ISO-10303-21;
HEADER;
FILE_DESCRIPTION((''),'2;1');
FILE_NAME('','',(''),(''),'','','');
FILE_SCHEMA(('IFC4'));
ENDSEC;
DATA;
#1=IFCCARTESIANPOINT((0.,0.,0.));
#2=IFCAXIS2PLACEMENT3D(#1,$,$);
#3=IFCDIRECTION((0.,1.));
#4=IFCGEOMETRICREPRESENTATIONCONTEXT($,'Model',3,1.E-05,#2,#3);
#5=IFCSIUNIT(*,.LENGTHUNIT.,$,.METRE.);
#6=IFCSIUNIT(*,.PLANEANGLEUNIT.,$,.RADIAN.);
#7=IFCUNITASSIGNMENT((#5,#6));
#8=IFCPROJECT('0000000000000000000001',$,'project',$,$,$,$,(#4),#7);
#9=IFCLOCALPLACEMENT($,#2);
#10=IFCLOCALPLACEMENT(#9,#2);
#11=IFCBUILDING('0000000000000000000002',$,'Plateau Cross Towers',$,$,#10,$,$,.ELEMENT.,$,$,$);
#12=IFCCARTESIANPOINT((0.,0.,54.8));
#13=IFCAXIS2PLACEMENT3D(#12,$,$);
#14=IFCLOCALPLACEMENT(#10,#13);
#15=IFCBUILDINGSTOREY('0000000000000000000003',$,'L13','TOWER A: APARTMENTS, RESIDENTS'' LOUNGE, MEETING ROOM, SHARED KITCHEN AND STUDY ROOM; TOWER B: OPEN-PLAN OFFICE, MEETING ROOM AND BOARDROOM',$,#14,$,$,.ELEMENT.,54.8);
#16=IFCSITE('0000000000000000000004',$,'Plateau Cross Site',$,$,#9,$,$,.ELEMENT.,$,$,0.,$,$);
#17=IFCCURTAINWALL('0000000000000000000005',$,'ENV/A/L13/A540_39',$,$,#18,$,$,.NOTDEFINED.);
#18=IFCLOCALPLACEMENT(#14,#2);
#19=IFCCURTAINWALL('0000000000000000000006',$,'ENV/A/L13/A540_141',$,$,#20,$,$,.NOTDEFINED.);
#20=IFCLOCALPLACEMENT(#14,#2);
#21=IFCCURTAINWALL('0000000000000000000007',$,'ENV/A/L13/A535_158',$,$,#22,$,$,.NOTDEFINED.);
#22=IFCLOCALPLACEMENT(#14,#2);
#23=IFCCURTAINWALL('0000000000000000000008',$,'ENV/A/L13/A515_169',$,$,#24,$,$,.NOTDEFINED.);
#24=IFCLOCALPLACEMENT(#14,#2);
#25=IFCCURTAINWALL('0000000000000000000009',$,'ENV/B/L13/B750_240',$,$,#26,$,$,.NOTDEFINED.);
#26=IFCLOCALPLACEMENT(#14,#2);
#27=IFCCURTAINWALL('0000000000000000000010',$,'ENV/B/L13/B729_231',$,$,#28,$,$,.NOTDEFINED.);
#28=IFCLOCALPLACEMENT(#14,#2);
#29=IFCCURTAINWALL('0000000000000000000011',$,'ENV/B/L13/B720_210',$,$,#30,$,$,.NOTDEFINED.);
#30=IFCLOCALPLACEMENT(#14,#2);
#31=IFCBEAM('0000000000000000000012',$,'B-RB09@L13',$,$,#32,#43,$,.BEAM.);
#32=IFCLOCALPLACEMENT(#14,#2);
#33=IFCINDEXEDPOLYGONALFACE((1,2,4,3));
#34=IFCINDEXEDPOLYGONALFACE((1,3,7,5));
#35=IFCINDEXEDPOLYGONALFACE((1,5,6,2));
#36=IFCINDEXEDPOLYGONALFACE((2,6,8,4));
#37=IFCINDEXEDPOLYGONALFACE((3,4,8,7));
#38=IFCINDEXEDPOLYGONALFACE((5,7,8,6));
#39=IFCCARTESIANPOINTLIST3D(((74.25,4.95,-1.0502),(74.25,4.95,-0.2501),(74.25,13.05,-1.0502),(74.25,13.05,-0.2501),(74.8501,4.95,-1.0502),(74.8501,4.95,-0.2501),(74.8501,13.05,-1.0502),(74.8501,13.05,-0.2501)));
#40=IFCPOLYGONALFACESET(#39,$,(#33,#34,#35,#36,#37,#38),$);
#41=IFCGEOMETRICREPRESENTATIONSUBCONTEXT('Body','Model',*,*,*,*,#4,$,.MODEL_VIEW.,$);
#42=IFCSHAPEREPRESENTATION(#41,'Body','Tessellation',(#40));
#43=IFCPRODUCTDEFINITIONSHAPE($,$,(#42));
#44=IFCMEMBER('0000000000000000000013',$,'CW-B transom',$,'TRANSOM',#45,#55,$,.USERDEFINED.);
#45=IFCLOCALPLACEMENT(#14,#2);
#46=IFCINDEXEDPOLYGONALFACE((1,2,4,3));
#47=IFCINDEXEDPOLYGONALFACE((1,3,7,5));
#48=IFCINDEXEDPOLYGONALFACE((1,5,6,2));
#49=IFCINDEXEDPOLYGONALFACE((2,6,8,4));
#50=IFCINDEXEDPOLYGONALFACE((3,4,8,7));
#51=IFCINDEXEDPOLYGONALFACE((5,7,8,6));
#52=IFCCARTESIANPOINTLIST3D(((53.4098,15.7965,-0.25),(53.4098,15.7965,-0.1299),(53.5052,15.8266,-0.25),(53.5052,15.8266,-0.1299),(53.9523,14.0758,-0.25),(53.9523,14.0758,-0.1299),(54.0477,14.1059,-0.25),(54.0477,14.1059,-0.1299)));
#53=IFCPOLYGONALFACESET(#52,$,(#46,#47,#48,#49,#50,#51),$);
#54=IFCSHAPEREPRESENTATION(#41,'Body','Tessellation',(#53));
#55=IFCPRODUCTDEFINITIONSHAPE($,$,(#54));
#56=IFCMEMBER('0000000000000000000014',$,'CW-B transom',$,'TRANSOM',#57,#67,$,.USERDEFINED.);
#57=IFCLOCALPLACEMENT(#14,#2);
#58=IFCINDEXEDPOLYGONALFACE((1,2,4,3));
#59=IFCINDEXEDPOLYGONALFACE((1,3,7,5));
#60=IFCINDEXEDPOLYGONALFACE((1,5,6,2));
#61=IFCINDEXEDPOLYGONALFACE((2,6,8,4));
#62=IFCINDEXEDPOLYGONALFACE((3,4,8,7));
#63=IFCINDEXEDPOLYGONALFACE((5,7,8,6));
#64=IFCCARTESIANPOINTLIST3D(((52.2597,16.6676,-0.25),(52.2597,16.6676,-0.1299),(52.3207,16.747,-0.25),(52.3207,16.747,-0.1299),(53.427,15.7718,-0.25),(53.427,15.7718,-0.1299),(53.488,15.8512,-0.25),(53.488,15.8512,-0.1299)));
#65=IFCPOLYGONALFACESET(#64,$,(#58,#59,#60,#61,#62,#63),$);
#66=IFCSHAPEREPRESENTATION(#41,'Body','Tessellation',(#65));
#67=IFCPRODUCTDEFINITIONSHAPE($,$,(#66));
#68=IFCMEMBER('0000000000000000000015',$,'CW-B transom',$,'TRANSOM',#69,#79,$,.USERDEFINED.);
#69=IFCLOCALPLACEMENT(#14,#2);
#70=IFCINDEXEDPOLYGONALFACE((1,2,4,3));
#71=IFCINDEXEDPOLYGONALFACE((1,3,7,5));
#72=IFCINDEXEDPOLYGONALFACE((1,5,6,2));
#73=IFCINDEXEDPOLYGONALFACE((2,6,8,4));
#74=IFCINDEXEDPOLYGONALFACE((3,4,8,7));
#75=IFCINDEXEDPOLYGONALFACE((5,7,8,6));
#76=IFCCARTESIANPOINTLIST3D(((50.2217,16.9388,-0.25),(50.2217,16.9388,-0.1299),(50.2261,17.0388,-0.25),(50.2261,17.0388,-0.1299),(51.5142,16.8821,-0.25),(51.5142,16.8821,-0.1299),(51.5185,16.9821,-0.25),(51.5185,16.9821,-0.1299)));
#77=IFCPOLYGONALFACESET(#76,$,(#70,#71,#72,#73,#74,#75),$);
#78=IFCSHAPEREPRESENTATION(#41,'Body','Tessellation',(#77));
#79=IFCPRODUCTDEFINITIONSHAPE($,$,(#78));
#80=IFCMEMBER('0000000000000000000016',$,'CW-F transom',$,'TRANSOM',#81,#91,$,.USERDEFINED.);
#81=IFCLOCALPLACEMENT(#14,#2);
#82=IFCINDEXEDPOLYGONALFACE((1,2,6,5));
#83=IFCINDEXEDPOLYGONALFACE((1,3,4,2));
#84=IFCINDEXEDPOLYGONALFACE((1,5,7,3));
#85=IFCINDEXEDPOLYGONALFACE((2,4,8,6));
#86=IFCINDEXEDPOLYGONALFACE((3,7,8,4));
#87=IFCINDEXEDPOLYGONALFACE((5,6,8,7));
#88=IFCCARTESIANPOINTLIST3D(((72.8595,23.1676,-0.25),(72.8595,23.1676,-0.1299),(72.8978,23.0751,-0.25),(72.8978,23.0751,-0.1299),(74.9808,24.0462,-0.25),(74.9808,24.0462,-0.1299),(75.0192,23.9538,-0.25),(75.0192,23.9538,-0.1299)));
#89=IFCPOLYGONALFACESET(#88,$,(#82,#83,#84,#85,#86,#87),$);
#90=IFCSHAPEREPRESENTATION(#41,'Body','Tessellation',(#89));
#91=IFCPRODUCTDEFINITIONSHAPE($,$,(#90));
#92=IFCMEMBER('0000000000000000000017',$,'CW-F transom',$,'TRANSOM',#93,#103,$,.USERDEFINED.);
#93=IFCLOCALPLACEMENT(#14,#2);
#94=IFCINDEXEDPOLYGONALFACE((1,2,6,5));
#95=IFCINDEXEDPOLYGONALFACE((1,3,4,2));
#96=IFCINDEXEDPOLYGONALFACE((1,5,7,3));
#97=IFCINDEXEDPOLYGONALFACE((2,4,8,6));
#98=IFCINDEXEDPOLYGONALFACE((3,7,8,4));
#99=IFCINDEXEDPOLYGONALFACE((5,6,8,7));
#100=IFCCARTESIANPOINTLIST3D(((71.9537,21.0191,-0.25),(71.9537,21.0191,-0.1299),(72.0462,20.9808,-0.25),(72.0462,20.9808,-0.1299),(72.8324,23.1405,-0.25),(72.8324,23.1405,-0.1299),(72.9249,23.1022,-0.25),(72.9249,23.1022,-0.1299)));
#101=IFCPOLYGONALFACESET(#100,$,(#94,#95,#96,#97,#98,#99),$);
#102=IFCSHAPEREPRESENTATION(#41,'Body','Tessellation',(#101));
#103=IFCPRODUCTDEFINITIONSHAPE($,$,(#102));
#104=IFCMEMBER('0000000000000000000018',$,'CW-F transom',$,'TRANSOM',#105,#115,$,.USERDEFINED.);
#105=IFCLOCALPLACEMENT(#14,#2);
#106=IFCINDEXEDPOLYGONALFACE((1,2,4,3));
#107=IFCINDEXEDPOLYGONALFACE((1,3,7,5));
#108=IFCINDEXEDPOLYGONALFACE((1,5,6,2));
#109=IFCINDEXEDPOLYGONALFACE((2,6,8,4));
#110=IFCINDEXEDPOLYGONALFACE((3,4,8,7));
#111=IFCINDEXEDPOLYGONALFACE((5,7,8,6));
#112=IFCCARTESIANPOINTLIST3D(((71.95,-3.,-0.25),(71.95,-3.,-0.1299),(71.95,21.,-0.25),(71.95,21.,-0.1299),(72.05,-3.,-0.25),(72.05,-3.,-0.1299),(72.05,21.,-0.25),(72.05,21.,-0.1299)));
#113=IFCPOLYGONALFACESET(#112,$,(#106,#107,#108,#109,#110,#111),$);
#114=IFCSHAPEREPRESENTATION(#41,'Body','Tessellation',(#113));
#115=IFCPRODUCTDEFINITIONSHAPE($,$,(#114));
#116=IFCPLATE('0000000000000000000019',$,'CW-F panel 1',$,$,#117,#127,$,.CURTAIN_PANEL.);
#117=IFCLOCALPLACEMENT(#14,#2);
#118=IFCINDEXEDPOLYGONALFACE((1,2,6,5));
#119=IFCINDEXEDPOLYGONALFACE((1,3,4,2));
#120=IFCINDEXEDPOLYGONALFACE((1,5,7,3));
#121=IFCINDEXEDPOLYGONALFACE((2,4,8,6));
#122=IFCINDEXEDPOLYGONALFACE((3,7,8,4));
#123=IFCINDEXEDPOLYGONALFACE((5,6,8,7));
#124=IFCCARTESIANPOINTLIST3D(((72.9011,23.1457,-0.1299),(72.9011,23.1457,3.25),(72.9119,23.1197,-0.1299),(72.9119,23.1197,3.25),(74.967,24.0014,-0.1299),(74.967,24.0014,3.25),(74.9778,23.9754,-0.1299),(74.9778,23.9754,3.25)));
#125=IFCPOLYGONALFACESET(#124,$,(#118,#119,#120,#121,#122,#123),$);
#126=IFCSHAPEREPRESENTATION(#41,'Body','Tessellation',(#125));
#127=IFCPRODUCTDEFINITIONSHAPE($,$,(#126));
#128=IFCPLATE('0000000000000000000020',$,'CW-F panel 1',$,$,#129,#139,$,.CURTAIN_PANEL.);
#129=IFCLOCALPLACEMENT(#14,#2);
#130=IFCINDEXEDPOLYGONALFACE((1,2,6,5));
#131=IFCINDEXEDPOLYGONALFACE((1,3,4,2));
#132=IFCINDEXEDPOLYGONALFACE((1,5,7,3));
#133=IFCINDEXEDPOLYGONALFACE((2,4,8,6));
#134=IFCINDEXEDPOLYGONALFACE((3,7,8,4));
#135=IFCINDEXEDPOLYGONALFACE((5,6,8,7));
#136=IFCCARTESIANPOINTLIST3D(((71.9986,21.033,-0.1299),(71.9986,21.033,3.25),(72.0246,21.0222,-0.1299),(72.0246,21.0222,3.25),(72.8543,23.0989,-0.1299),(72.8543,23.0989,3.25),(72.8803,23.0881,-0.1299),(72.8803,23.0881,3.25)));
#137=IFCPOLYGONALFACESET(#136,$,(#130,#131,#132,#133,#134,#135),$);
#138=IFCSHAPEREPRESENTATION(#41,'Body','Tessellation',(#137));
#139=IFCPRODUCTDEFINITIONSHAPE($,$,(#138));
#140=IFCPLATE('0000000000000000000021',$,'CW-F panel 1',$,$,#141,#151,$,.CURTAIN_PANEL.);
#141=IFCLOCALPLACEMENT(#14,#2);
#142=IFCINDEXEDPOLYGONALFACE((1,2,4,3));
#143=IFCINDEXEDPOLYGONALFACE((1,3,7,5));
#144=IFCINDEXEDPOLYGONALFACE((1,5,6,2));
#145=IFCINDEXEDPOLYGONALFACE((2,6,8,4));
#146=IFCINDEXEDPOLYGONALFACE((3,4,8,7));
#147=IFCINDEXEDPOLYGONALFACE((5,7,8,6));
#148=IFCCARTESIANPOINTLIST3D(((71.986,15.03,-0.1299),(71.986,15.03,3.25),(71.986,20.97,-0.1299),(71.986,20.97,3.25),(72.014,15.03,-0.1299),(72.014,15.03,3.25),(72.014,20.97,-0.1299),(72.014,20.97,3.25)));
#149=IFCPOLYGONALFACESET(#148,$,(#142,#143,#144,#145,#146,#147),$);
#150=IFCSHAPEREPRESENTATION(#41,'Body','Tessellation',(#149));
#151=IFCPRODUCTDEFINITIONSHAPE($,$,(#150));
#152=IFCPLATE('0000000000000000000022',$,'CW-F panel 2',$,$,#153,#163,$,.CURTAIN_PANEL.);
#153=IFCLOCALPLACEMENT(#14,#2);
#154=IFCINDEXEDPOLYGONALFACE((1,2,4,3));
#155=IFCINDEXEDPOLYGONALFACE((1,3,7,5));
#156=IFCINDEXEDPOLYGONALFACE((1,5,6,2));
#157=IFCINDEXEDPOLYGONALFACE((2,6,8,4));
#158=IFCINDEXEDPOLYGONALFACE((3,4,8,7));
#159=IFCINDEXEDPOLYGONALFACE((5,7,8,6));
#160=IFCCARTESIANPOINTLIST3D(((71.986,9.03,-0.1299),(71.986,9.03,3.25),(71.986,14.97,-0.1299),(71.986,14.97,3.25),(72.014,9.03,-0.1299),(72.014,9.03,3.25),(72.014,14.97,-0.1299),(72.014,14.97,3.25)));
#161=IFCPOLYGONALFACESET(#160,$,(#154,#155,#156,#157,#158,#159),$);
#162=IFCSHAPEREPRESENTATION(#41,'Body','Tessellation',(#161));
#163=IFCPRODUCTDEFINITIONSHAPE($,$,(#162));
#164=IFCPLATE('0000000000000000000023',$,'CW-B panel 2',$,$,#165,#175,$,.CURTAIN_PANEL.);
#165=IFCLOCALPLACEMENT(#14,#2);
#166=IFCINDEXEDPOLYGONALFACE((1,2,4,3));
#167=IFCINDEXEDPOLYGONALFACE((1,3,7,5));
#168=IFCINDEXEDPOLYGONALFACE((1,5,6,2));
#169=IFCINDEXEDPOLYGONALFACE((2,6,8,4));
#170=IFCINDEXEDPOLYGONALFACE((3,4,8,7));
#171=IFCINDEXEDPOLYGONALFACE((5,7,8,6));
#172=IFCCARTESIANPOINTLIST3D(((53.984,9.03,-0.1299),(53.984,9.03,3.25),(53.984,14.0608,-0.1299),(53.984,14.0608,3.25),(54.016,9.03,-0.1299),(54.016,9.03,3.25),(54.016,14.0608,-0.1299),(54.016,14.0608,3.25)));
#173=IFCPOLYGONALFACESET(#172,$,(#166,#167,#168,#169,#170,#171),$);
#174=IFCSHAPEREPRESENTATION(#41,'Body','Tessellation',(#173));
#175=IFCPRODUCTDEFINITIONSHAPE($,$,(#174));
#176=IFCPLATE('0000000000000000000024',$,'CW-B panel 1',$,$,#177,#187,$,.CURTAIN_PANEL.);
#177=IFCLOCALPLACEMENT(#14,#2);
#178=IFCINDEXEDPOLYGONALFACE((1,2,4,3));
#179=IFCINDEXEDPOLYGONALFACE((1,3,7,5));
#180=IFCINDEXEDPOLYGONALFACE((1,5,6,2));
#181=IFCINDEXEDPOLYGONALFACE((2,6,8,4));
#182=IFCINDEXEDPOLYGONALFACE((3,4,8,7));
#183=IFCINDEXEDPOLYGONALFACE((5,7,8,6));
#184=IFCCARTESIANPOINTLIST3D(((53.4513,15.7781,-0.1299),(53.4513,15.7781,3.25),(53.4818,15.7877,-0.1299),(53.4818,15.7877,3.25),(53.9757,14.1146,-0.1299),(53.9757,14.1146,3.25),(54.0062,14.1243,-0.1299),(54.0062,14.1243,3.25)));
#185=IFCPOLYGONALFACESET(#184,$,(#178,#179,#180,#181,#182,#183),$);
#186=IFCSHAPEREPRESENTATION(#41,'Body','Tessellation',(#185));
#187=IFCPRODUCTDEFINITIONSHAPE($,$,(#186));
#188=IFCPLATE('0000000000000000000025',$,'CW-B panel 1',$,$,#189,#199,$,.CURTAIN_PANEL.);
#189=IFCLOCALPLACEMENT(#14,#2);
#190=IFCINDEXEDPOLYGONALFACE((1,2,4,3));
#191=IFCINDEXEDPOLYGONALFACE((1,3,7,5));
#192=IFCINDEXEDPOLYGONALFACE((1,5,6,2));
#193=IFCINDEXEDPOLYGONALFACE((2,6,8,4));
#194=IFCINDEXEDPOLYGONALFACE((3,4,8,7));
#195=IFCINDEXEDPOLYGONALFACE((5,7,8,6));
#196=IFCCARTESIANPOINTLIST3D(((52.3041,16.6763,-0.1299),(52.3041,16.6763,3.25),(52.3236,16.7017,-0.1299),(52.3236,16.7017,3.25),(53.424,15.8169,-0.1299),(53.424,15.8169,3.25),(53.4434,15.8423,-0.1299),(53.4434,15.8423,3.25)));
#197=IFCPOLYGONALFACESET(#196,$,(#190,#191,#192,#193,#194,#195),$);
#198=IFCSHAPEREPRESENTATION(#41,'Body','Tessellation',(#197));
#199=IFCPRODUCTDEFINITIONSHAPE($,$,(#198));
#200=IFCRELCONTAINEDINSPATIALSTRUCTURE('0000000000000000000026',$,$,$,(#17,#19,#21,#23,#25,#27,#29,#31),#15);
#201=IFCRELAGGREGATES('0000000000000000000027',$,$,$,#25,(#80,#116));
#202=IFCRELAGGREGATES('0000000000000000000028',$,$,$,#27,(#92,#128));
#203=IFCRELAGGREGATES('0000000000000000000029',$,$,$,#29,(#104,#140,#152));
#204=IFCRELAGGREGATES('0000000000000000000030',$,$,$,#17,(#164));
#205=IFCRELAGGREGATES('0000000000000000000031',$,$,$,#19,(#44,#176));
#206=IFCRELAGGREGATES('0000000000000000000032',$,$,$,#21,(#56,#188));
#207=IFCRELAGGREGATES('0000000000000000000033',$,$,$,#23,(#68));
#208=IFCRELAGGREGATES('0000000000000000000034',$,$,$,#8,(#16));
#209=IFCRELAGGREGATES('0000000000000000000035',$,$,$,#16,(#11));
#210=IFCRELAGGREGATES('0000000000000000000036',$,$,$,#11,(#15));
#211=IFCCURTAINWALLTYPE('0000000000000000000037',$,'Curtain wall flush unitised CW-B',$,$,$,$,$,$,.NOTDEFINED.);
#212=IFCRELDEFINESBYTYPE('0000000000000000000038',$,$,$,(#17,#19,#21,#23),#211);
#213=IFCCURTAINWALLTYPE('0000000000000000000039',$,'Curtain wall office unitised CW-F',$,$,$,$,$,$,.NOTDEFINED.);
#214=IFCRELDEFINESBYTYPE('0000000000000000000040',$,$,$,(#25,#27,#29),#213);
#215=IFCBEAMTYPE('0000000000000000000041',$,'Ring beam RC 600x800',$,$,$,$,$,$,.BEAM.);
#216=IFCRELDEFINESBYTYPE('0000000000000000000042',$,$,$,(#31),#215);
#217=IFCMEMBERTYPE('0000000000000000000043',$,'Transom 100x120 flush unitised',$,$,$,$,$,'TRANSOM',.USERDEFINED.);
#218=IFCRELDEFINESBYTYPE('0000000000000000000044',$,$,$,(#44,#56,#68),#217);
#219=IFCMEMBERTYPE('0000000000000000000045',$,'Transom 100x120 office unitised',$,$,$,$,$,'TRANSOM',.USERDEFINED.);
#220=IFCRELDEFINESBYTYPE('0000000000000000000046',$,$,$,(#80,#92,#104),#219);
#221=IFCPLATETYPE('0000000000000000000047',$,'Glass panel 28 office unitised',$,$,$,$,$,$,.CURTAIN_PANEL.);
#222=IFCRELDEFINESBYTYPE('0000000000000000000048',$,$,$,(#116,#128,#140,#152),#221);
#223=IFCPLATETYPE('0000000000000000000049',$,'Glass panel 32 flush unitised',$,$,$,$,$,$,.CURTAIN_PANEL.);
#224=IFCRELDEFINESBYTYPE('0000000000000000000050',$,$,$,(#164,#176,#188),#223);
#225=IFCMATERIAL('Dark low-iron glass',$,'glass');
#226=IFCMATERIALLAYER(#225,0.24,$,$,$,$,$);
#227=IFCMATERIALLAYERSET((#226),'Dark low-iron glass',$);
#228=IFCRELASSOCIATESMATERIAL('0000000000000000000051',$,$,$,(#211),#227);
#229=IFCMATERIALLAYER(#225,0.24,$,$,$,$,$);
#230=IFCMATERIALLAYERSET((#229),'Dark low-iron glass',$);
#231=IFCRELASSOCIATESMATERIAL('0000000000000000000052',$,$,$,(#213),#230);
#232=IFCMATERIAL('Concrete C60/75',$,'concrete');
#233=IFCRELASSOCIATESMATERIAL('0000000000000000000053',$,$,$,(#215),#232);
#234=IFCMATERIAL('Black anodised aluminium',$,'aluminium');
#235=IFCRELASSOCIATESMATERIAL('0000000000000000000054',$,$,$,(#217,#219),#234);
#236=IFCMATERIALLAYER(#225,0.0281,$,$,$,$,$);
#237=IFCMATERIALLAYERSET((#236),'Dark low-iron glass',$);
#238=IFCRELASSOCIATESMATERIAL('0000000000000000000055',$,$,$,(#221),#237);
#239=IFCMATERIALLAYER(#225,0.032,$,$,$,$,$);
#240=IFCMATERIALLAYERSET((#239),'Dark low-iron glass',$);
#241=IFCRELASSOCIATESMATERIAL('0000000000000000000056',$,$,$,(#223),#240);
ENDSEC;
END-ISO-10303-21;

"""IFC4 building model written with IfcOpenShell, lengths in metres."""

from ifc_helpers import new_model, si_unit, direction, frame, origin, origin_2d, place, context, subcontext, project, spatial, rectangle, extrude, material, layer, layer_set, material_profile, profile_set, type_object, element, aggregate, save


model = new_model("IFC4")

# Units and contexts
model_context = context("Model", 3, precision=1e-05, world=origin(), true_north=direction((0.0, 1.0)))
body_context = subcontext(model_context, "Body", "Model", "MODEL_VIEW")
ifc_project = project(units=[si_unit("LENGTHUNIT", "METRE"), si_unit("PLANEANGLEUNIT", "RADIAN")], contexts=[model_context])

# Site, building, storey
site_placement = place(None, origin())
site = spatial("IfcSite", under=ifc_project, at=site_placement, Name="Plateau Cross Site", CompositionType="ELEMENT", RefElevation=0.0)
building_placement = place(site_placement, origin())
building = spatial("IfcBuilding", under=site, at=building_placement, Name="Plateau Cross Towers", CompositionType="ELEMENT")
storey_placement = place(building_placement, frame((0.0, 0.0, 54.8)))
storey = spatial("IfcBuildingStorey", under=building, at=storey_placement, Name="L13", Description="TOWER A: APARTMENTS, RESIDENTS' LOUNGE, MEETING ROOM, SHARED KITCHEN AND STUDY ROOM; TOWER B: OPEN-PLAN OFFICE, MEETING ROOM AND BOARDROOM", CompositionType="ELEMENT", Elevation=54.8)

# Shared definitions
ifc_material_1 = material(Name="Concrete C60/75", Category="concrete")

# Curtain walls
ifc_material_2 = material(Name="Dark low-iron glass", Category="glass")
ifc_layer_1 = layer(ifc_material_2, 0.24)
ifc_layer_set_1 = layer_set([ifc_layer_1], Name="Dark low-iron glass")
curtain_wall_type_1 = type_object("IfcCurtainWallType", Name="Curtain wall flush unitised CW-B", PredefinedType="NOTDEFINED", material=ifc_layer_set_1)
curtain_wall_1_placement = place(storey_placement, origin())
curtain_wall_1 = element("IfcCurtainWall", 1, at=curtain_wall_1_placement, inside=storey, type_object=curtain_wall_type_1, Name="ENV/A/L13/A540_39", PredefinedType="NOTDEFINED")
ifc_material_3 = material(Name="Black anodised aluminium", Category="aluminium")
curtain_wall_2_placement = place(storey_placement, origin())
curtain_wall_2 = element("IfcCurtainWall", 2, at=curtain_wall_2_placement, inside=storey, type_object=curtain_wall_type_1, Name="ENV/A/L13/A540_141", PredefinedType="NOTDEFINED")

# Curtain wall
curtain_wall_3_placement = place(storey_placement, origin())
curtain_wall_3 = element("IfcCurtainWall", 3, at=curtain_wall_3_placement, inside=storey, type_object=curtain_wall_type_1, Name="ENV/A/L13/A535_158", PredefinedType="NOTDEFINED")

# Curtain walls
curtain_wall_4_placement = place(storey_placement, origin())
curtain_wall_4 = element("IfcCurtainWall", 4, at=curtain_wall_4_placement, inside=storey, type_object=curtain_wall_type_1, Name="ENV/A/L13/A515_169", PredefinedType="NOTDEFINED")
ifc_layer_2 = layer(ifc_material_2, 0.24)
ifc_layer_set_2 = layer_set([ifc_layer_2], Name="Dark low-iron glass")
curtain_wall_type_2 = type_object("IfcCurtainWallType", Name="Curtain wall office unitised CW-F", PredefinedType="NOTDEFINED", material=ifc_layer_set_2)
curtain_wall_5_placement = place(storey_placement, origin())
curtain_wall_5 = element("IfcCurtainWall", 5, at=curtain_wall_5_placement, inside=storey, type_object=curtain_wall_type_2, Name="ENV/B/L13/B750_240", PredefinedType="NOTDEFINED")
curtain_wall_6_placement = place(storey_placement, origin())
curtain_wall_6 = element("IfcCurtainWall", 6, at=curtain_wall_6_placement, inside=storey, type_object=curtain_wall_type_2, Name="ENV/B/L13/B729_231", PredefinedType="NOTDEFINED")

# Curtain wall
curtain_wall_7_placement = place(storey_placement, origin())
curtain_wall_7 = element("IfcCurtainWall", 7, at=curtain_wall_7_placement, inside=storey, type_object=curtain_wall_type_2, Name="ENV/B/L13/B720_210", PredefinedType="NOTDEFINED")

# Beam
ifc_material_profile_1 = material_profile(ifc_material_1, rectangle(XDim=0.6001, YDim=0.8, at=origin_2d()), Name="RC 600x800")
ifc_profile_set_1 = profile_set([ifc_material_profile_1], Name="Concrete C60/75")
beam_type = type_object("IfcBeamType", Name="Ring beam RC 600x800", PredefinedType="BEAM", material=ifc_profile_set_1)
for number, where, z_axis, x_axis, name in (
    (8, (74.55, 13.05, -0.6501), (0.0, -1.0, 0.0), (1.0, 0.0, 0.0), "B-RB09@L13"),
):
    element("IfcBeam", number, at=place(storey_placement, frame(where, z_axis=z_axis, x_axis=x_axis)), inside=storey, type_object=beam_type, Name=name, PredefinedType="BEAM", context=body_context, shape_type="SweptSolid", body=[
        extrude(rectangle(XDim=0.6001, YDim=0.8, at=origin_2d()), origin(), (0.0, 0.0, 1.0), 8.1001),
    ])

# Members
ifc_material_profile_2 = material_profile(ifc_material_3, rectangle(XDim=0.1001, YDim=0.1201, at=origin_2d()), Name="TRANSOM 100x120")
ifc_profile_set_2 = profile_set([ifc_material_profile_2], Name="Black anodised aluminium")
member_type_1 = type_object("IfcMemberType", Name="Transom 100x120 flush unitised", ElementType="TRANSOM", PredefinedType="USERDEFINED", material=ifc_profile_set_2)
member_1_placement = place(storey_placement, frame((54.0, 14.0908, -0.1899), z_axis=(-0.300678, 0.953726, 0.0), x_axis=(-0.953726, -0.300678, 0.0)))
member_1 = element("IfcMember", 9, at=member_1_placement, type_object=member_type_1, Name="CW-B transom", ObjectType="TRANSOM", PredefinedType="USERDEFINED", context=body_context, shape_type="SweptSolid", body=[
    extrude(rectangle(XDim=0.1001, YDim=0.1201, at=origin_2d()), origin(), (0.0, 0.0, 1.0), 1.8042),
])
member_2_placement = place(storey_placement, frame((53.4575, 15.8115, -0.1899), z_axis=(-0.793321, 0.608804, 0.0), x_axis=(-0.608804, -0.793321, 0.0)))
member_2 = element("IfcMember", 10, at=member_2_placement, type_object=member_type_1, Name="CW-B transom", ObjectType="TRANSOM", PredefinedType="USERDEFINED", context=body_context, shape_type="SweptSolid", body=[
    extrude(rectangle(XDim=0.1001, YDim=0.1201, at=origin_2d()), origin(), (0.0, 0.0, 1.0), 1.4714),
])
member_3_placement = place(storey_placement, frame((51.5164, 16.9321, -0.1899), z_axis=(-0.999041, 0.043781, 0.0), x_axis=(-0.043781, -0.999041, 0.0)))
member_3 = element("IfcMember", 11, at=member_3_placement, type_object=member_type_1, Name="CW-B transom", ObjectType="TRANSOM", PredefinedType="USERDEFINED", context=body_context, shape_type="SweptSolid", body=[
    extrude(rectangle(XDim=0.1001, YDim=0.1201, at=origin_2d()), origin(), (0.0, 0.0, 1.0), 1.2937),
])
ifc_material_profile_3 = material_profile(ifc_material_3, rectangle(XDim=0.1001, YDim=0.1201, at=origin_2d()), Name="TRANSOM 100x120")
ifc_profile_set_3 = profile_set([ifc_material_profile_3], Name="Black anodised aluminium")
member_type_2 = type_object("IfcMemberType", Name="Transom 100x120 office unitised", ElementType="TRANSOM", PredefinedType="USERDEFINED", material=ifc_profile_set_3)
member_4_placement = place(storey_placement, frame((75.0, 24.0, -0.1899), z_axis=(-0.923883, -0.382674, 0.0), x_axis=(0.382674, -0.923883, 0.0)))
member_4 = element("IfcMember", 12, at=member_4_placement, type_object=member_type_2, Name="CW-F transom", ObjectType="TRANSOM", PredefinedType="USERDEFINED", context=body_context, shape_type="SweptSolid", body=[
    extrude(rectangle(XDim=0.1001, YDim=0.1201, at=origin_2d()), origin(), (0.0, 0.0, 1.0), 2.2961),
])
member_5_placement = place(storey_placement, frame((72.8787, 23.1213, -0.1899), z_axis=(-0.382674, -0.923883, 0.0), x_axis=(0.923883, -0.382674, 0.0)))
member_5 = element("IfcMember", 13, at=member_5_placement, type_object=member_type_2, Name="CW-F transom", ObjectType="TRANSOM", PredefinedType="USERDEFINED", context=body_context, shape_type="SweptSolid", body=[
    extrude(rectangle(XDim=0.1001, YDim=0.1201, at=origin_2d()), origin(), (0.0, 0.0, 1.0), 2.2961),
])
member_6_placement = place(storey_placement, frame((72.0, 21.0, -0.1899), z_axis=(0.0, -1.0, 0.0), x_axis=(1.0, 0.0, 0.0)))
member_6 = element("IfcMember", 14, at=member_6_placement, type_object=member_type_2, Name="CW-F transom", ObjectType="TRANSOM", PredefinedType="USERDEFINED", context=body_context, shape_type="SweptSolid", body=[
    extrude(rectangle(XDim=0.1001, YDim=0.1201, at=origin_2d()), origin(), (0.0, 0.0, 1.0), 24.0),
])

# Plates
ifc_layer_3 = layer(ifc_material_2, 0.0281)
ifc_layer_set_3 = layer_set([ifc_layer_3], Name="Dark low-iron glass")
plate_type_1 = type_object("IfcPlateType", Name="Glass panel 28 office unitised", PredefinedType="CURTAIN_PANEL", material=ifc_layer_set_3)
plate_1_placement = place(storey_placement, frame((73.9395, 23.5605, -0.1299), z_axis=(0.0, 0.0, 1.0), x_axis=(-0.923879, -0.382684, 0.0)))
plate_1 = element("IfcPlate", 15, at=plate_1_placement, type_object=plate_type_1, Name="CW-F panel 1", PredefinedType="CURTAIN_PANEL", context=body_context, shape_type="SweptSolid", body=[
    extrude(rectangle(XDim=2.2361, YDim=0.0281, at=origin_2d()), origin(), (0.0, 0.0, 1.0), 3.3799),
])
aggregate(curtain_wall_5, [member_4, plate_1])
plate_2_placement = place(storey_placement, frame((72.4395, 22.0605, -0.1299), z_axis=(0.0, 0.0, 1.0), x_axis=(-0.382684, -0.923879, 0.0)))
plate_2 = element("IfcPlate", 16, at=plate_2_placement, type_object=plate_type_1, Name="CW-F panel 1", PredefinedType="CURTAIN_PANEL", context=body_context, shape_type="SweptSolid", body=[
    extrude(rectangle(XDim=2.2361, YDim=0.0281, at=origin_2d()), origin(), (0.0, 0.0, 1.0), 3.3799),
])
aggregate(curtain_wall_6, [member_5, plate_2])
plate_3_placement = place(storey_placement, frame((72.0, 18.0, -0.1299), z_axis=(0.0, 0.0, 1.0), x_axis=(0.0, -1.0, 0.0)))
plate_3 = element("IfcPlate", 17, at=plate_3_placement, type_object=plate_type_1, Name="CW-F panel 1", PredefinedType="CURTAIN_PANEL", context=body_context, shape_type="SweptSolid", body=[
    extrude(rectangle(XDim=5.9399, YDim=0.0281, at=origin_2d()), origin(), (0.0, 0.0, 1.0), 3.3799),
])
plate_4_placement = place(storey_placement, frame((72.0, 12.0, -0.1299), z_axis=(0.0, 0.0, 1.0), x_axis=(0.0, -1.0, 0.0)))
plate_4 = element("IfcPlate", 18, at=plate_4_placement, type_object=plate_type_1, Name="CW-F panel 2", PredefinedType="CURTAIN_PANEL", context=body_context, shape_type="SweptSolid", body=[
    extrude(rectangle(XDim=5.9399, YDim=0.0281, at=origin_2d()), origin(), (0.0, 0.0, 1.0), 3.3799),
])
aggregate(curtain_wall_7, [member_6, plate_3, plate_4])
ifc_layer_4 = layer(ifc_material_2, 0.032)
ifc_layer_set_4 = layer_set([ifc_layer_4], Name="Dark low-iron glass")
plate_type_2 = type_object("IfcPlateType", Name="Glass panel 32 flush unitised", PredefinedType="CURTAIN_PANEL", material=ifc_layer_set_4)
plate_5_placement = place(storey_placement, frame((54.0, 11.5454, -0.1299), z_axis=(0.0, 0.0, 1.0), x_axis=(0.0, 1.0, 0.0)))
plate_5 = element("IfcPlate", 19, at=plate_5_placement, type_object=plate_type_2, Name="CW-B panel 2", PredefinedType="CURTAIN_PANEL", context=body_context, shape_type="SweptSolid", body=[
    extrude(rectangle(XDim=5.0308, YDim=0.032, at=origin_2d()), origin(), (0.0, 0.0, 1.0), 3.3799),
])
aggregate(curtain_wall_1, [plate_5])
plate_6_placement = place(storey_placement, frame((53.7288, 14.9512, -0.1299), z_axis=(0.0, 0.0, 1.0), x_axis=(-0.300686, 0.953723, 0.0)))
plate_6 = element("IfcPlate", 20, at=plate_6_placement, type_object=plate_type_2, Name="CW-B panel 1", PredefinedType="CURTAIN_PANEL", context=body_context, shape_type="SweptSolid", body=[
    extrude(rectangle(XDim=1.7441, YDim=0.032, at=origin_2d()), origin(), (0.0, 0.0, 1.0), 3.3799),
])
aggregate(curtain_wall_2, [member_1, plate_6])
plate_7_placement = place(storey_placement, frame((52.8738, 16.2593, -0.1299), z_axis=(0.0, 0.0, 1.0), x_axis=(-0.793316, 0.608811, 0.0)))
plate_7 = element("IfcPlate", 21, at=plate_7_placement, type_object=plate_type_2, Name="CW-B panel 1", PredefinedType="CURTAIN_PANEL", context=body_context, shape_type="SweptSolid", body=[
    extrude(rectangle(XDim=1.4116, YDim=0.032, at=origin_2d()), origin(), (0.0, 0.0, 1.0), 3.3799),
])
aggregate(curtain_wall_3, [member_2, plate_7])
aggregate(curtain_wall_4, [member_3])

save(model, "model.ifc")
